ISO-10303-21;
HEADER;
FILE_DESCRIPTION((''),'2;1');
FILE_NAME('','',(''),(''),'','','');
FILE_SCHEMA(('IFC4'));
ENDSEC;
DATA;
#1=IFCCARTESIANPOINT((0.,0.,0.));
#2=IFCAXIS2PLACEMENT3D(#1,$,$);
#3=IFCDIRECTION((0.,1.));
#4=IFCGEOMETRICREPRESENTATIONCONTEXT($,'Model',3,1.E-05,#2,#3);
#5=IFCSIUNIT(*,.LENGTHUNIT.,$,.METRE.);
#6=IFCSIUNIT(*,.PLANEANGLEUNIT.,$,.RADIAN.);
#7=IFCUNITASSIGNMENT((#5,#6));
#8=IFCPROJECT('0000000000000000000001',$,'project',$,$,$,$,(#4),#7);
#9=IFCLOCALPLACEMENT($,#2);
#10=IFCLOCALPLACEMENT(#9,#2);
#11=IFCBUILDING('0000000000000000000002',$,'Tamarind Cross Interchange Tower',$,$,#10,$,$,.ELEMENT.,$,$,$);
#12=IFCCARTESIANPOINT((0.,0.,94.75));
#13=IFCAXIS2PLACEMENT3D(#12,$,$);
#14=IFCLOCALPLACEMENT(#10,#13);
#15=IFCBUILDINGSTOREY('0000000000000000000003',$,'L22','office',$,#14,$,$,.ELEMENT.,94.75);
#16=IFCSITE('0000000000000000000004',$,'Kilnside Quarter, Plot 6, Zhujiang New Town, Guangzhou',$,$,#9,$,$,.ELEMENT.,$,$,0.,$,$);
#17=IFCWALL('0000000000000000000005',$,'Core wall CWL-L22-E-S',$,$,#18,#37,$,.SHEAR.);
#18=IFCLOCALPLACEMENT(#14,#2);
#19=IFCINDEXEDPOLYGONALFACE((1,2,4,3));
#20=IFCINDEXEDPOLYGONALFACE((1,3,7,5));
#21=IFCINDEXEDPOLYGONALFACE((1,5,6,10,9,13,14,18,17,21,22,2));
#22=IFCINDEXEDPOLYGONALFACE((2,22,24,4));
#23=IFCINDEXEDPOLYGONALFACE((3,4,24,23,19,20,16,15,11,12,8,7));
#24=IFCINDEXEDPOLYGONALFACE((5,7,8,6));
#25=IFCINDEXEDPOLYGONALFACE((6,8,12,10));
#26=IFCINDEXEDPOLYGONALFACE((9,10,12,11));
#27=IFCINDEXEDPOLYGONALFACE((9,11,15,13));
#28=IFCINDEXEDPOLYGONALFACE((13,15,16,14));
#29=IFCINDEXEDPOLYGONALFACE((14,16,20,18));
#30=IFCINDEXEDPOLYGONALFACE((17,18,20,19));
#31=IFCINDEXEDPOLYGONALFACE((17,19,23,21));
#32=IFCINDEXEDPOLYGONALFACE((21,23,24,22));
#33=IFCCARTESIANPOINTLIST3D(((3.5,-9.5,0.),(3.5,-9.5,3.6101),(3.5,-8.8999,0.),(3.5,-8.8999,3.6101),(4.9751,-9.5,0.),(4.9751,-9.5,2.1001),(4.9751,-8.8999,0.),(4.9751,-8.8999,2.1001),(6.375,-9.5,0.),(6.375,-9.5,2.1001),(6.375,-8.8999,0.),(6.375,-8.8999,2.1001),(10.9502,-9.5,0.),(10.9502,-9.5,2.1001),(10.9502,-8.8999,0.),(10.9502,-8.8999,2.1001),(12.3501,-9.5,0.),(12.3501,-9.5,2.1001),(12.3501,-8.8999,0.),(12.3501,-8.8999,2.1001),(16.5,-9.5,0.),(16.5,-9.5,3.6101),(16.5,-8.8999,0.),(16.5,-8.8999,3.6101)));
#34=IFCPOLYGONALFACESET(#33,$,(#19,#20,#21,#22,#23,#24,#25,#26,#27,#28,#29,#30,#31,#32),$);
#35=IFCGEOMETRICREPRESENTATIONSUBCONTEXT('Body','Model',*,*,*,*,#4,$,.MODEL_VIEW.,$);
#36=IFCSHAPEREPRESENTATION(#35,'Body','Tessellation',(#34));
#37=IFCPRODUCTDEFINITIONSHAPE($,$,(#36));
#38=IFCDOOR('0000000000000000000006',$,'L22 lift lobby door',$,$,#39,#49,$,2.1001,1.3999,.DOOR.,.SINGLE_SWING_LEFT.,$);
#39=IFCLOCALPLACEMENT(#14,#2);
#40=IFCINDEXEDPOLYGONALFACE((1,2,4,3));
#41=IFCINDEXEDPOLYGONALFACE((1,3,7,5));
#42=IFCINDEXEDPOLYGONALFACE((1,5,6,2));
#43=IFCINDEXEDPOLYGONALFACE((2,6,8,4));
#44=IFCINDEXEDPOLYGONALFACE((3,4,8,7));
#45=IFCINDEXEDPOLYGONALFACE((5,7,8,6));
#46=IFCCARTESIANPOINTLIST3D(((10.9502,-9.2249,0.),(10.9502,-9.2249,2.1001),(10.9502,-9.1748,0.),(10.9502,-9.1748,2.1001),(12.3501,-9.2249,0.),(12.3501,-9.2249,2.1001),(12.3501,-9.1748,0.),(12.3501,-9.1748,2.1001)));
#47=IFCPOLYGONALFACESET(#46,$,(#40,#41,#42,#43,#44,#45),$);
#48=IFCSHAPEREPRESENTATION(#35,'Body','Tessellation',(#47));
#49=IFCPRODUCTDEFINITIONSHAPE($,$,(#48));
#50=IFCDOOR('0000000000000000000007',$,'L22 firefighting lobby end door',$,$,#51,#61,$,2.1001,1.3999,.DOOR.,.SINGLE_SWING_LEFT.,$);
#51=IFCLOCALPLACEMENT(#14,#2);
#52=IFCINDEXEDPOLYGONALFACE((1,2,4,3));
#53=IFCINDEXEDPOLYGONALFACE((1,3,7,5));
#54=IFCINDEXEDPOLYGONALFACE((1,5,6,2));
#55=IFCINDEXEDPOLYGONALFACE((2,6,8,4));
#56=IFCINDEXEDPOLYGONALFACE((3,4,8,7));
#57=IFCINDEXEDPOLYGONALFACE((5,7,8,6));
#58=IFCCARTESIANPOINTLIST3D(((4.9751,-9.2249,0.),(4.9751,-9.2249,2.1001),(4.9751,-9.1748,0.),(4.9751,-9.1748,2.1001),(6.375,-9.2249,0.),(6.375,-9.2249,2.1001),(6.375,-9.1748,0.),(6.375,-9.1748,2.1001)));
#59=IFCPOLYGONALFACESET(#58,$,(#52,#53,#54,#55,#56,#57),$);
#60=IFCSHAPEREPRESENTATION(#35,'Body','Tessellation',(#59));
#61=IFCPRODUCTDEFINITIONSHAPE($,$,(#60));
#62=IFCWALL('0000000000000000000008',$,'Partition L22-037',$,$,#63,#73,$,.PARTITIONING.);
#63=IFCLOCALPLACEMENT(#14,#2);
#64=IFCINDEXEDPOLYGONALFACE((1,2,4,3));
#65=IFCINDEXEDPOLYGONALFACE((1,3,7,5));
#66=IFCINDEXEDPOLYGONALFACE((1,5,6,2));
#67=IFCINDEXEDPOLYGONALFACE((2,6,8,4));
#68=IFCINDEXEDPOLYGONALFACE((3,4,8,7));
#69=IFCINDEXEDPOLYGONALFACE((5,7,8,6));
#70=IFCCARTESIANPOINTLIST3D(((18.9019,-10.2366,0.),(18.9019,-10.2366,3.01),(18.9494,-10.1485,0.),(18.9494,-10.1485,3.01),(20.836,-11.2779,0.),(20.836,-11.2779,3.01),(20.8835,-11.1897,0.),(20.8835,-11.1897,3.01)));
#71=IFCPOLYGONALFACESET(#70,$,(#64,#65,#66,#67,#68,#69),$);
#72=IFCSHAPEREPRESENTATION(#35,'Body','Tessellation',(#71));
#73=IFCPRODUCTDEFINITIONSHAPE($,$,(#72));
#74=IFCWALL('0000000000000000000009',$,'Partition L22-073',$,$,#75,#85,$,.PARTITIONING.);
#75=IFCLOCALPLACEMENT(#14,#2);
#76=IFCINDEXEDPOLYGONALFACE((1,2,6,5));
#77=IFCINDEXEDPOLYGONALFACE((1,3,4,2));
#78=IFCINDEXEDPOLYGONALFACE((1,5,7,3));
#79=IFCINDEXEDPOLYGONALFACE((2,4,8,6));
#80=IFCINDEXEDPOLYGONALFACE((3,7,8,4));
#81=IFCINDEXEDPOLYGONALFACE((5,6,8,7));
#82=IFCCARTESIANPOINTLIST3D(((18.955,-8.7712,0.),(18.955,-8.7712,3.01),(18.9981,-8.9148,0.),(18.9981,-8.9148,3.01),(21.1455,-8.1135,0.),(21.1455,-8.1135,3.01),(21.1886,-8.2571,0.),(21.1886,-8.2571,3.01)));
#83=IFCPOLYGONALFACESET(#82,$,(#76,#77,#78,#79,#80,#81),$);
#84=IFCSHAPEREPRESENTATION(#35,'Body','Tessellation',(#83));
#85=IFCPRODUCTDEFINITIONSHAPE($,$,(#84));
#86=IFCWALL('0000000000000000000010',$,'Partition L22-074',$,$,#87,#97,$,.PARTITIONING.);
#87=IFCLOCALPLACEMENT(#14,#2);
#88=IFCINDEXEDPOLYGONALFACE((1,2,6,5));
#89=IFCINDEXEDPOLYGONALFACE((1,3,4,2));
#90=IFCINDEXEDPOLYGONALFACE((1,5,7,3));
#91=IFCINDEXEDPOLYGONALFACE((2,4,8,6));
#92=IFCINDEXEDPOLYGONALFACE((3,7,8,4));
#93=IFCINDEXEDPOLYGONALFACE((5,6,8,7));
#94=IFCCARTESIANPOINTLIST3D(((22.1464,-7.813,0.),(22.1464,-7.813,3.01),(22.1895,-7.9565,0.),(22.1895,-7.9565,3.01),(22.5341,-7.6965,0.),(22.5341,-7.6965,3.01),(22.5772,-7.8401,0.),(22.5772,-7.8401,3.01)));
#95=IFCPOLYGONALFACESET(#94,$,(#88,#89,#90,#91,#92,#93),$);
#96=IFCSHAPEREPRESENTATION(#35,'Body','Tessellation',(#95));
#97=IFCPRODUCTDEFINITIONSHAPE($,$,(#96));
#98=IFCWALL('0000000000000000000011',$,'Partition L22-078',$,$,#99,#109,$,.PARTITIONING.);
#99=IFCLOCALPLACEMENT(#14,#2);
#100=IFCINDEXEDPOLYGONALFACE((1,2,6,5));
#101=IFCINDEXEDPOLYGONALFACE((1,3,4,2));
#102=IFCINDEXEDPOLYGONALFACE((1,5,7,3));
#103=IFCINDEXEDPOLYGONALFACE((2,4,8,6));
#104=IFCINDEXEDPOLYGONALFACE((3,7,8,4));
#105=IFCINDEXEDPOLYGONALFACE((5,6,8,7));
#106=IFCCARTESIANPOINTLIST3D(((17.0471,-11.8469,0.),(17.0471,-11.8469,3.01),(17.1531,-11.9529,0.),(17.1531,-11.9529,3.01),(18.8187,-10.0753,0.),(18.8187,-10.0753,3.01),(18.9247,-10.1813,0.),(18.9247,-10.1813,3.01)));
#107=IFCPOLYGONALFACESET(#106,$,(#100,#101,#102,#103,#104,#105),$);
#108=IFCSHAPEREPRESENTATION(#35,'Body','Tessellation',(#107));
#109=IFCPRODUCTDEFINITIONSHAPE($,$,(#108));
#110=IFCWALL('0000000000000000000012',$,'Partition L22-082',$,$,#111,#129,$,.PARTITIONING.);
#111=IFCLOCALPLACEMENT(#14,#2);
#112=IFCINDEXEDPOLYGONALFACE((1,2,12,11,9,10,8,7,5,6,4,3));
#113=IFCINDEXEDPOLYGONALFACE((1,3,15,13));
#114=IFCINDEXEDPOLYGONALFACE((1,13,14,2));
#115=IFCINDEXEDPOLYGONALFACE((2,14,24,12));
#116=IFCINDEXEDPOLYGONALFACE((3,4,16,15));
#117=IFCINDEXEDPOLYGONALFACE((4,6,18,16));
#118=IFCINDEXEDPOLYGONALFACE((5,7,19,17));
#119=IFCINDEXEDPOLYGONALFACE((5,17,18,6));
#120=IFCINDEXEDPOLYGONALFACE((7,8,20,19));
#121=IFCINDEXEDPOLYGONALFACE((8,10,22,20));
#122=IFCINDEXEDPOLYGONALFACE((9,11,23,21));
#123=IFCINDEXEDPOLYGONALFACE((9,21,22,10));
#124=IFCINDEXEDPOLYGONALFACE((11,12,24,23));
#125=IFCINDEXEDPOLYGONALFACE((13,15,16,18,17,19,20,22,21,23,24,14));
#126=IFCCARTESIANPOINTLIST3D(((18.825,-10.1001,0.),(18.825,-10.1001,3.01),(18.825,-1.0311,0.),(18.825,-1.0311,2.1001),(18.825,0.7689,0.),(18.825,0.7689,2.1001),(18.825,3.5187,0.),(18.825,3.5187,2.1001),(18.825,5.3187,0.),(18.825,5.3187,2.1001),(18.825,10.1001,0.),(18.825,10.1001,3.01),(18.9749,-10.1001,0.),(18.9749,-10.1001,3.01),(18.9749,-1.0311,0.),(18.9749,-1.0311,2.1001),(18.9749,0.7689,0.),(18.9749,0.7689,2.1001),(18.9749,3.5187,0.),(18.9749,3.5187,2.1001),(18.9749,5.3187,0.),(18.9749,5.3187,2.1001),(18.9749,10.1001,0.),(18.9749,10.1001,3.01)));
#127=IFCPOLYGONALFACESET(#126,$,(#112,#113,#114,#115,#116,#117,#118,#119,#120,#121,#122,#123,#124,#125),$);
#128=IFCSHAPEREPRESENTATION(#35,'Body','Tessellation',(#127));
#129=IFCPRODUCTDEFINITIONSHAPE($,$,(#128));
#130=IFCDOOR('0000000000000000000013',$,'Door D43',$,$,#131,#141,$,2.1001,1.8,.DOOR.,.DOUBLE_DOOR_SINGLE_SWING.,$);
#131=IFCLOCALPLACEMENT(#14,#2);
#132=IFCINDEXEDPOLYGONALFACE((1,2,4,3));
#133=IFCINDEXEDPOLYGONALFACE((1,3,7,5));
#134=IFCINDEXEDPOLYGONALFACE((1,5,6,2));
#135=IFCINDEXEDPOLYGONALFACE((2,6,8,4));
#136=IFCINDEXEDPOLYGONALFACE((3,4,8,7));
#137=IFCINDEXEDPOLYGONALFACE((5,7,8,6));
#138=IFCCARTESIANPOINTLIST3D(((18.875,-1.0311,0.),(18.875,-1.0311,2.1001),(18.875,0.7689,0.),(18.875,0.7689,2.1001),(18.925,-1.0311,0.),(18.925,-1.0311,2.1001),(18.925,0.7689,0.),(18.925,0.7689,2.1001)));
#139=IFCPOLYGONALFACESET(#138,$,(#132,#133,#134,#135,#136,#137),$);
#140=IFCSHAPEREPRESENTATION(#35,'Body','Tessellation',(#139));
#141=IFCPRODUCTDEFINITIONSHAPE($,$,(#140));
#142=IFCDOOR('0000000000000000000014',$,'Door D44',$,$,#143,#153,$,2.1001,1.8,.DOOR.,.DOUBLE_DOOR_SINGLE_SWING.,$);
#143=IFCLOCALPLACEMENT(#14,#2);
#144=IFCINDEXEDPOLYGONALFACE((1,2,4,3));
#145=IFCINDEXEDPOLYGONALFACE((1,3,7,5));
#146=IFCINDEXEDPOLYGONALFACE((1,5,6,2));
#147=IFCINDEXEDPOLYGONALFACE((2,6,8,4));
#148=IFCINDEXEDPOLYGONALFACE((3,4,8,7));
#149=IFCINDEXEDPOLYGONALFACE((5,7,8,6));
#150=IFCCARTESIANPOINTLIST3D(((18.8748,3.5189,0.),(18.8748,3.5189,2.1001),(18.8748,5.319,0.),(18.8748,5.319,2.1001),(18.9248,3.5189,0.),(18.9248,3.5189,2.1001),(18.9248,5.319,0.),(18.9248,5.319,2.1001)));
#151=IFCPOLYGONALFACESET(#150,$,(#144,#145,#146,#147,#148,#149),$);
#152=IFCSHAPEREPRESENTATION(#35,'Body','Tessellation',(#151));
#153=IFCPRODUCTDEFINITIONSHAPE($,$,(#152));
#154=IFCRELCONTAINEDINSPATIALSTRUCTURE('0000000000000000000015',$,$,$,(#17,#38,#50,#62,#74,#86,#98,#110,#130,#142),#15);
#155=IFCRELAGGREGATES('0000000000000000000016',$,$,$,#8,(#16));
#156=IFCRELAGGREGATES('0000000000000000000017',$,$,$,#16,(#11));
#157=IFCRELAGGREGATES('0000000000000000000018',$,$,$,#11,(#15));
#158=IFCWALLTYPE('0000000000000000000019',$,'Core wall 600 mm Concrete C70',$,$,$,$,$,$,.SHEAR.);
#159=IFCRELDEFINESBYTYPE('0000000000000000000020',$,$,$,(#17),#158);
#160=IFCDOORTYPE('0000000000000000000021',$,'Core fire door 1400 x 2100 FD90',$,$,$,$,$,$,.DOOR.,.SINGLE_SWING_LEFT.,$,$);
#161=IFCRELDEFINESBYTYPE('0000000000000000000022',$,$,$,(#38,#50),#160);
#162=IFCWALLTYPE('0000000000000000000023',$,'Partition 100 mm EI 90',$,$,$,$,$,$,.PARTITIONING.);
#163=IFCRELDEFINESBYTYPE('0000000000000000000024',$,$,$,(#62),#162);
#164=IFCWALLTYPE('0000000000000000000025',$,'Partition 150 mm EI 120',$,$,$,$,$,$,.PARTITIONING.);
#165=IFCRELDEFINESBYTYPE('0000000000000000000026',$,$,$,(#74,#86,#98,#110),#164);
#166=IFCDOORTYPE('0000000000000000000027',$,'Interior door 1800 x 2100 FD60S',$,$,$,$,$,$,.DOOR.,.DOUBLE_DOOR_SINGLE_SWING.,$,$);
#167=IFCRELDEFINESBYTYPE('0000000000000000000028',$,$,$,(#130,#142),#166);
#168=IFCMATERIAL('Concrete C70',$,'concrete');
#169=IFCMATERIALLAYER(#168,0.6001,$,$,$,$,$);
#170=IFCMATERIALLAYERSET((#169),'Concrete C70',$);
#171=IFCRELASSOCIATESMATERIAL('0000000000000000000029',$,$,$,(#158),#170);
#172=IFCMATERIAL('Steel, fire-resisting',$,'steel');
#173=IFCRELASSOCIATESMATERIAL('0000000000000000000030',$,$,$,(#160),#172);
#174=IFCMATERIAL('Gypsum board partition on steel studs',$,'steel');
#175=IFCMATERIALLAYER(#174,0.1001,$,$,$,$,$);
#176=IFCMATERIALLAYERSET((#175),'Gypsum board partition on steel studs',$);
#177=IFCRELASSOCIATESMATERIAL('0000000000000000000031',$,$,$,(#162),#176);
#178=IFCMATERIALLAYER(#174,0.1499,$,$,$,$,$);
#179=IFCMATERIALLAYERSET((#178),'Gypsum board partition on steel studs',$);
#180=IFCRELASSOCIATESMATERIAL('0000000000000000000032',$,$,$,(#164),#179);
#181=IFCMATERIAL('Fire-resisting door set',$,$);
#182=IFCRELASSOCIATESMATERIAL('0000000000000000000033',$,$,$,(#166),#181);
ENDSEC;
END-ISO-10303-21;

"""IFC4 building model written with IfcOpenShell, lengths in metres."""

from ifc_helpers import new_model, si_unit, direction, frame, frame_2d, origin, place, context, subcontext, project, spatial, rectangle, extrude, material, layer, layer_set, type_object, element, fill, save


model = new_model("IFC4")

# Units and contexts
model_context = context("Model", 3, precision=1e-05, world=origin(), true_north=direction((0.0, 1.0)))
body_context = subcontext(model_context, "Body", "Model", "MODEL_VIEW")
ifc_project = project(units=[si_unit("LENGTHUNIT", "METRE"), si_unit("PLANEANGLEUNIT", "RADIAN")], contexts=[model_context])

# Site, building, storey
site_placement = place(None, origin())
site = spatial("IfcSite", under=ifc_project, at=site_placement, Name="Kilnside Quarter, Plot 6, Zhujiang New Town, Guangzhou", CompositionType="ELEMENT", RefElevation=0.0)
building_placement = place(site_placement, origin())
building = spatial("IfcBuilding", under=site, at=building_placement, Name="Tamarind Cross Interchange Tower", CompositionType="ELEMENT")
storey_placement = place(building_placement, frame((0.0, 0.0, 94.75)))
storey = spatial("IfcBuildingStorey", under=building, at=storey_placement, Name="L22", Description="office", CompositionType="ELEMENT", Elevation=94.75)

# Wall, openings, doors
ifc_material_1 = material(Name="Concrete C70", Category="concrete")
ifc_layer_1 = layer(ifc_material_1, 0.6001)
ifc_layer_set_1 = layer_set([ifc_layer_1], Name="Concrete C70")
wall_type_1 = type_object("IfcWallType", Name="Core wall 600 mm Concrete C70", PredefinedType="SHEAR", material=ifc_layer_set_1)
wall_1_placement = place(storey_placement, frame((16.5, -9.2, 0.0), z_axis=(0.0, 0.0, 1.0), x_axis=(-1.0, 0.0, 0.0)))
wall_1 = element("IfcWall", 1, at=wall_1_placement, inside=storey, type_object=wall_type_1, Name="Core wall CWL-L22-E-S", PredefinedType="SHEAR", context=body_context, shape_type="SweptSolid", body=[
    extrude(rectangle(XDim=13.0, YDim=0.6001, at=frame_2d((6.5, 0.0))), origin(), (0.0, 0.0, 1.0), 3.6101),
])
opening_1_placement = place(wall_1_placement, frame((4.1499, 0.0, 0.0)))
opening_1 = element("IfcOpeningElement", 2, at=opening_1_placement, cuts=wall_1, PredefinedType="OPENING", context=body_context, shape_type="SweptSolid", body=[
    extrude(rectangle(XDim=1.3999, YDim=2.1001, at=frame_2d((0.7, 1.05))), frame((0.0, 0.3101, 0.0), z_axis=(0.0, -1.0, 0.0), x_axis=(1.0, 0.0, 0.0)), (0.0, 0.0, 1.0), 0.6201),
])
opening_2_placement = place(wall_1_placement, frame((10.125, 0.0, 0.0)))
opening_2 = element("IfcOpeningElement", 3, at=opening_2_placement, cuts=wall_1, PredefinedType="OPENING", context=body_context, shape_type="SweptSolid", body=[
    extrude(rectangle(XDim=1.3999, YDim=2.1001, at=frame_2d((0.7, 1.05))), frame((0.0, 0.3101, 0.0), z_axis=(0.0, -1.0, 0.0), x_axis=(1.0, 0.0, 0.0)), (0.0, 0.0, 1.0), 0.6201),
])
ifc_material_2 = material(Name="Steel, fire-resisting", Category="steel")
door_type_1 = type_object("IfcDoorType", Name="Core fire door 1400 x 2100 FD90", OperationType="SINGLE_SWING_LEFT", PredefinedType="DOOR", material=ifc_material_2)
door_1_placement = place(opening_1_placement, origin())
door_1 = element("IfcDoor", 4, at=door_1_placement, inside=storey, type_object=door_type_1, Name="L22 lift lobby door", OperationType="SINGLE_SWING_LEFT", OverallHeight=2.1001, OverallWidth=1.3999, PredefinedType="DOOR", context=body_context, shape_type="SweptSolid", body=[
    extrude(rectangle(XDim=1.3999, YDim=2.1001, at=frame_2d((0.7, 1.05))), frame((0.0, 0.0249, 0.0), z_axis=(0.0, -1.0, 0.0), x_axis=(1.0, 0.0, 0.0)), (0.0, 0.0, 1.0), 0.05),
])
fill(opening_1, door_1)
door_2_placement = place(opening_2_placement, origin())
door_2 = element("IfcDoor", 5, at=door_2_placement, inside=storey, type_object=door_type_1, Name="L22 firefighting lobby end door", OperationType="SINGLE_SWING_LEFT", OverallHeight=2.1001, OverallWidth=1.3999, PredefinedType="DOOR", context=body_context, shape_type="SweptSolid", body=[
    extrude(rectangle(XDim=1.3999, YDim=2.1001, at=frame_2d((0.7, 1.05))), frame((0.0, 0.0249, 0.0), z_axis=(0.0, -1.0, 0.0), x_axis=(1.0, 0.0, 0.0)), (0.0, 0.0, 1.0), 0.05),
])
fill(opening_2, door_2)

# Walls
ifc_material_3 = material(Name="Gypsum board partition on steel studs", Category="steel")
ifc_layer_2 = layer(ifc_material_3, 0.1001)
ifc_layer_set_2 = layer_set([ifc_layer_2], Name="Gypsum board partition on steel studs")
wall_type_2 = type_object("IfcWallType", Name="Partition 100 mm EI 90", PredefinedType="PARTITIONING", material=ifc_layer_set_2)
wall_2_placement = place(storey_placement, frame((18.9258, -10.1926, 0.0), z_axis=(0.0, 0.0, 1.0), x_axis=(0.880503, -0.47404, 0.0)))
element("IfcWall", 6, at=wall_2_placement, inside=storey, type_object=wall_type_2, Name="Partition L22-037", PredefinedType="PARTITIONING", context=body_context, shape_type="SweptSolid", body=[
    extrude(rectangle(XDim=2.1965, YDim=0.1001, at=frame_2d((1.0981, 0.0))), origin(), (0.0, 0.0, 1.0), 3.01),
])
ifc_layer_3 = layer(ifc_material_3, 0.1499)
ifc_layer_set_3 = layer_set([ifc_layer_3], Name="Gypsum board partition on steel studs")
wall_type_3 = type_object("IfcWallType", Name="Partition 150 mm EI 120", PredefinedType="PARTITIONING", material=ifc_layer_set_3)
wall_3_placement = place(storey_placement, frame((18.9766, -8.843, 0.0), z_axis=(0.0, 0.0, 1.0), x_axis=(0.957756, 0.287583, 0.0)))
element("IfcWall", 7, at=wall_3_placement, inside=storey, type_object=wall_type_3, Name="Partition L22-073", PredefinedType="PARTITIONING", context=body_context, shape_type="SweptSolid", body=[
    extrude(rectangle(XDim=2.2871, YDim=0.1499, at=frame_2d((1.1436, 0.0))), origin(), (0.0, 0.0, 1.0), 3.01),
])
wall_4_placement = place(storey_placement, frame((22.168, -7.8848, 0.0), z_axis=(0.0, 0.0, 1.0), x_axis=(0.957727, 0.28768, 0.0)))
element("IfcWall", 8, at=wall_4_placement, inside=storey, type_object=wall_type_3, Name="Partition L22-074", PredefinedType="PARTITIONING", context=body_context, shape_type="SweptSolid", body=[
    extrude(rectangle(XDim=0.4048, YDim=0.1499, at=frame_2d((0.2024, 0.0))), origin(), (0.0, 0.0, 1.0), 3.01),
])
wall_5_placement = place(storey_placement, frame((17.1001, -11.8999, 0.0), z_axis=(0.0, 0.0, 1.0), x_axis=(0.707107, 0.707107, 0.0)))
element("IfcWall", 9, at=wall_5_placement, inside=storey, type_object=wall_type_3, Name="Partition L22-078", PredefinedType="PARTITIONING", context=body_context, shape_type="SweptSolid", body=[
    extrude(rectangle(XDim=2.5054, YDim=0.1499, at=frame_2d((1.2527, 0.0))), origin(), (0.0, 0.0, 1.0), 3.01),
])

# Wall, openings, doors
wall_6_placement = place(storey_placement, frame((18.8999, -10.1001, 0.0), z_axis=(0.0, 0.0, 1.0), x_axis=(0.0, 1.0, 0.0)))
wall_6 = element("IfcWall", 10, at=wall_6_placement, inside=storey, type_object=wall_type_3, Name="Partition L22-082", PredefinedType="PARTITIONING", context=body_context, shape_type="SweptSolid", body=[
    extrude(rectangle(XDim=20.2002, YDim=0.1499, at=frame_2d((10.1001, 0.0))), origin(), (0.0, 0.0, 1.0), 3.01),
])
opening_3_placement = place(wall_6_placement, frame((9.0691, 0.0, 0.0)))
opening_3 = element("IfcOpeningElement", 11, at=opening_3_placement, cuts=wall_6, PredefinedType="OPENING", context=body_context, shape_type="SweptSolid", body=[
    extrude(rectangle(XDim=1.8, YDim=2.1001, at=frame_2d((0.8999, 1.05))), frame((0.0, 0.085, 0.0), z_axis=(0.0, -1.0, 0.0), x_axis=(1.0, 0.0, 0.0)), (0.0, 0.0, 1.0), 0.1699),
])
opening_4_placement = place(wall_6_placement, frame((13.6189, 0.0, 0.0)))
opening_4 = element("IfcOpeningElement", 12, at=opening_4_placement, cuts=wall_6, PredefinedType="OPENING", context=body_context, shape_type="SweptSolid", body=[
    extrude(rectangle(XDim=1.8, YDim=2.1001, at=frame_2d((0.8999, 1.05))), frame((0.0, 0.085, 0.0), z_axis=(0.0, -1.0, 0.0), x_axis=(1.0, 0.0, 0.0)), (0.0, 0.0, 1.0), 0.1699),
])
ifc_material_4 = material(Name="Fire-resisting door set")
door_type_2 = type_object("IfcDoorType", Name="Interior door 1800 x 2100 FD60S", OperationType="DOUBLE_DOOR_SINGLE_SWING", PredefinedType="DOOR", material=ifc_material_4)
door_3_placement = place(opening_3_placement, origin())
door_3 = element("IfcDoor", 13, at=door_3_placement, inside=storey, type_object=door_type_2, Name="Door D43", OperationType="DOUBLE_DOOR_SINGLE_SWING", OverallHeight=2.1001, OverallWidth=1.8, PredefinedType="DOOR", context=body_context, shape_type="SweptSolid", body=[
    extrude(rectangle(XDim=1.8, YDim=2.1001, at=frame_2d((0.8999, 1.05))), frame((0.0, 0.0249, 0.0), z_axis=(0.0, -1.0, 0.0), x_axis=(1.0, 0.0, 0.0)), (0.0, 0.0, 1.0), 0.05),
])
fill(opening_3, door_3)
door_4_placement = place(opening_4_placement, frame((1.8, 0.0, 0.0), z_axis=(0.0, 0.0, 1.0), x_axis=(-1.0, 0.0, 0.0)))
door_4 = element("IfcDoor", 14, at=door_4_placement, inside=storey, type_object=door_type_2, Name="Door D44", OperationType="DOUBLE_DOOR_SINGLE_SWING", OverallHeight=2.1001, OverallWidth=1.8, PredefinedType="DOOR", context=body_context, shape_type="SweptSolid", body=[
    extrude(rectangle(XDim=1.8, YDim=2.1001, at=frame_2d((0.8999, 1.05))), frame((0.0, 0.0249, 0.0), z_axis=(0.0, -1.0, 0.0), x_axis=(1.0, 0.0, 0.0)), (0.0, 0.0, 1.0), 0.05),
])
fill(opening_4, door_4)

save(model, "model.ifc")
